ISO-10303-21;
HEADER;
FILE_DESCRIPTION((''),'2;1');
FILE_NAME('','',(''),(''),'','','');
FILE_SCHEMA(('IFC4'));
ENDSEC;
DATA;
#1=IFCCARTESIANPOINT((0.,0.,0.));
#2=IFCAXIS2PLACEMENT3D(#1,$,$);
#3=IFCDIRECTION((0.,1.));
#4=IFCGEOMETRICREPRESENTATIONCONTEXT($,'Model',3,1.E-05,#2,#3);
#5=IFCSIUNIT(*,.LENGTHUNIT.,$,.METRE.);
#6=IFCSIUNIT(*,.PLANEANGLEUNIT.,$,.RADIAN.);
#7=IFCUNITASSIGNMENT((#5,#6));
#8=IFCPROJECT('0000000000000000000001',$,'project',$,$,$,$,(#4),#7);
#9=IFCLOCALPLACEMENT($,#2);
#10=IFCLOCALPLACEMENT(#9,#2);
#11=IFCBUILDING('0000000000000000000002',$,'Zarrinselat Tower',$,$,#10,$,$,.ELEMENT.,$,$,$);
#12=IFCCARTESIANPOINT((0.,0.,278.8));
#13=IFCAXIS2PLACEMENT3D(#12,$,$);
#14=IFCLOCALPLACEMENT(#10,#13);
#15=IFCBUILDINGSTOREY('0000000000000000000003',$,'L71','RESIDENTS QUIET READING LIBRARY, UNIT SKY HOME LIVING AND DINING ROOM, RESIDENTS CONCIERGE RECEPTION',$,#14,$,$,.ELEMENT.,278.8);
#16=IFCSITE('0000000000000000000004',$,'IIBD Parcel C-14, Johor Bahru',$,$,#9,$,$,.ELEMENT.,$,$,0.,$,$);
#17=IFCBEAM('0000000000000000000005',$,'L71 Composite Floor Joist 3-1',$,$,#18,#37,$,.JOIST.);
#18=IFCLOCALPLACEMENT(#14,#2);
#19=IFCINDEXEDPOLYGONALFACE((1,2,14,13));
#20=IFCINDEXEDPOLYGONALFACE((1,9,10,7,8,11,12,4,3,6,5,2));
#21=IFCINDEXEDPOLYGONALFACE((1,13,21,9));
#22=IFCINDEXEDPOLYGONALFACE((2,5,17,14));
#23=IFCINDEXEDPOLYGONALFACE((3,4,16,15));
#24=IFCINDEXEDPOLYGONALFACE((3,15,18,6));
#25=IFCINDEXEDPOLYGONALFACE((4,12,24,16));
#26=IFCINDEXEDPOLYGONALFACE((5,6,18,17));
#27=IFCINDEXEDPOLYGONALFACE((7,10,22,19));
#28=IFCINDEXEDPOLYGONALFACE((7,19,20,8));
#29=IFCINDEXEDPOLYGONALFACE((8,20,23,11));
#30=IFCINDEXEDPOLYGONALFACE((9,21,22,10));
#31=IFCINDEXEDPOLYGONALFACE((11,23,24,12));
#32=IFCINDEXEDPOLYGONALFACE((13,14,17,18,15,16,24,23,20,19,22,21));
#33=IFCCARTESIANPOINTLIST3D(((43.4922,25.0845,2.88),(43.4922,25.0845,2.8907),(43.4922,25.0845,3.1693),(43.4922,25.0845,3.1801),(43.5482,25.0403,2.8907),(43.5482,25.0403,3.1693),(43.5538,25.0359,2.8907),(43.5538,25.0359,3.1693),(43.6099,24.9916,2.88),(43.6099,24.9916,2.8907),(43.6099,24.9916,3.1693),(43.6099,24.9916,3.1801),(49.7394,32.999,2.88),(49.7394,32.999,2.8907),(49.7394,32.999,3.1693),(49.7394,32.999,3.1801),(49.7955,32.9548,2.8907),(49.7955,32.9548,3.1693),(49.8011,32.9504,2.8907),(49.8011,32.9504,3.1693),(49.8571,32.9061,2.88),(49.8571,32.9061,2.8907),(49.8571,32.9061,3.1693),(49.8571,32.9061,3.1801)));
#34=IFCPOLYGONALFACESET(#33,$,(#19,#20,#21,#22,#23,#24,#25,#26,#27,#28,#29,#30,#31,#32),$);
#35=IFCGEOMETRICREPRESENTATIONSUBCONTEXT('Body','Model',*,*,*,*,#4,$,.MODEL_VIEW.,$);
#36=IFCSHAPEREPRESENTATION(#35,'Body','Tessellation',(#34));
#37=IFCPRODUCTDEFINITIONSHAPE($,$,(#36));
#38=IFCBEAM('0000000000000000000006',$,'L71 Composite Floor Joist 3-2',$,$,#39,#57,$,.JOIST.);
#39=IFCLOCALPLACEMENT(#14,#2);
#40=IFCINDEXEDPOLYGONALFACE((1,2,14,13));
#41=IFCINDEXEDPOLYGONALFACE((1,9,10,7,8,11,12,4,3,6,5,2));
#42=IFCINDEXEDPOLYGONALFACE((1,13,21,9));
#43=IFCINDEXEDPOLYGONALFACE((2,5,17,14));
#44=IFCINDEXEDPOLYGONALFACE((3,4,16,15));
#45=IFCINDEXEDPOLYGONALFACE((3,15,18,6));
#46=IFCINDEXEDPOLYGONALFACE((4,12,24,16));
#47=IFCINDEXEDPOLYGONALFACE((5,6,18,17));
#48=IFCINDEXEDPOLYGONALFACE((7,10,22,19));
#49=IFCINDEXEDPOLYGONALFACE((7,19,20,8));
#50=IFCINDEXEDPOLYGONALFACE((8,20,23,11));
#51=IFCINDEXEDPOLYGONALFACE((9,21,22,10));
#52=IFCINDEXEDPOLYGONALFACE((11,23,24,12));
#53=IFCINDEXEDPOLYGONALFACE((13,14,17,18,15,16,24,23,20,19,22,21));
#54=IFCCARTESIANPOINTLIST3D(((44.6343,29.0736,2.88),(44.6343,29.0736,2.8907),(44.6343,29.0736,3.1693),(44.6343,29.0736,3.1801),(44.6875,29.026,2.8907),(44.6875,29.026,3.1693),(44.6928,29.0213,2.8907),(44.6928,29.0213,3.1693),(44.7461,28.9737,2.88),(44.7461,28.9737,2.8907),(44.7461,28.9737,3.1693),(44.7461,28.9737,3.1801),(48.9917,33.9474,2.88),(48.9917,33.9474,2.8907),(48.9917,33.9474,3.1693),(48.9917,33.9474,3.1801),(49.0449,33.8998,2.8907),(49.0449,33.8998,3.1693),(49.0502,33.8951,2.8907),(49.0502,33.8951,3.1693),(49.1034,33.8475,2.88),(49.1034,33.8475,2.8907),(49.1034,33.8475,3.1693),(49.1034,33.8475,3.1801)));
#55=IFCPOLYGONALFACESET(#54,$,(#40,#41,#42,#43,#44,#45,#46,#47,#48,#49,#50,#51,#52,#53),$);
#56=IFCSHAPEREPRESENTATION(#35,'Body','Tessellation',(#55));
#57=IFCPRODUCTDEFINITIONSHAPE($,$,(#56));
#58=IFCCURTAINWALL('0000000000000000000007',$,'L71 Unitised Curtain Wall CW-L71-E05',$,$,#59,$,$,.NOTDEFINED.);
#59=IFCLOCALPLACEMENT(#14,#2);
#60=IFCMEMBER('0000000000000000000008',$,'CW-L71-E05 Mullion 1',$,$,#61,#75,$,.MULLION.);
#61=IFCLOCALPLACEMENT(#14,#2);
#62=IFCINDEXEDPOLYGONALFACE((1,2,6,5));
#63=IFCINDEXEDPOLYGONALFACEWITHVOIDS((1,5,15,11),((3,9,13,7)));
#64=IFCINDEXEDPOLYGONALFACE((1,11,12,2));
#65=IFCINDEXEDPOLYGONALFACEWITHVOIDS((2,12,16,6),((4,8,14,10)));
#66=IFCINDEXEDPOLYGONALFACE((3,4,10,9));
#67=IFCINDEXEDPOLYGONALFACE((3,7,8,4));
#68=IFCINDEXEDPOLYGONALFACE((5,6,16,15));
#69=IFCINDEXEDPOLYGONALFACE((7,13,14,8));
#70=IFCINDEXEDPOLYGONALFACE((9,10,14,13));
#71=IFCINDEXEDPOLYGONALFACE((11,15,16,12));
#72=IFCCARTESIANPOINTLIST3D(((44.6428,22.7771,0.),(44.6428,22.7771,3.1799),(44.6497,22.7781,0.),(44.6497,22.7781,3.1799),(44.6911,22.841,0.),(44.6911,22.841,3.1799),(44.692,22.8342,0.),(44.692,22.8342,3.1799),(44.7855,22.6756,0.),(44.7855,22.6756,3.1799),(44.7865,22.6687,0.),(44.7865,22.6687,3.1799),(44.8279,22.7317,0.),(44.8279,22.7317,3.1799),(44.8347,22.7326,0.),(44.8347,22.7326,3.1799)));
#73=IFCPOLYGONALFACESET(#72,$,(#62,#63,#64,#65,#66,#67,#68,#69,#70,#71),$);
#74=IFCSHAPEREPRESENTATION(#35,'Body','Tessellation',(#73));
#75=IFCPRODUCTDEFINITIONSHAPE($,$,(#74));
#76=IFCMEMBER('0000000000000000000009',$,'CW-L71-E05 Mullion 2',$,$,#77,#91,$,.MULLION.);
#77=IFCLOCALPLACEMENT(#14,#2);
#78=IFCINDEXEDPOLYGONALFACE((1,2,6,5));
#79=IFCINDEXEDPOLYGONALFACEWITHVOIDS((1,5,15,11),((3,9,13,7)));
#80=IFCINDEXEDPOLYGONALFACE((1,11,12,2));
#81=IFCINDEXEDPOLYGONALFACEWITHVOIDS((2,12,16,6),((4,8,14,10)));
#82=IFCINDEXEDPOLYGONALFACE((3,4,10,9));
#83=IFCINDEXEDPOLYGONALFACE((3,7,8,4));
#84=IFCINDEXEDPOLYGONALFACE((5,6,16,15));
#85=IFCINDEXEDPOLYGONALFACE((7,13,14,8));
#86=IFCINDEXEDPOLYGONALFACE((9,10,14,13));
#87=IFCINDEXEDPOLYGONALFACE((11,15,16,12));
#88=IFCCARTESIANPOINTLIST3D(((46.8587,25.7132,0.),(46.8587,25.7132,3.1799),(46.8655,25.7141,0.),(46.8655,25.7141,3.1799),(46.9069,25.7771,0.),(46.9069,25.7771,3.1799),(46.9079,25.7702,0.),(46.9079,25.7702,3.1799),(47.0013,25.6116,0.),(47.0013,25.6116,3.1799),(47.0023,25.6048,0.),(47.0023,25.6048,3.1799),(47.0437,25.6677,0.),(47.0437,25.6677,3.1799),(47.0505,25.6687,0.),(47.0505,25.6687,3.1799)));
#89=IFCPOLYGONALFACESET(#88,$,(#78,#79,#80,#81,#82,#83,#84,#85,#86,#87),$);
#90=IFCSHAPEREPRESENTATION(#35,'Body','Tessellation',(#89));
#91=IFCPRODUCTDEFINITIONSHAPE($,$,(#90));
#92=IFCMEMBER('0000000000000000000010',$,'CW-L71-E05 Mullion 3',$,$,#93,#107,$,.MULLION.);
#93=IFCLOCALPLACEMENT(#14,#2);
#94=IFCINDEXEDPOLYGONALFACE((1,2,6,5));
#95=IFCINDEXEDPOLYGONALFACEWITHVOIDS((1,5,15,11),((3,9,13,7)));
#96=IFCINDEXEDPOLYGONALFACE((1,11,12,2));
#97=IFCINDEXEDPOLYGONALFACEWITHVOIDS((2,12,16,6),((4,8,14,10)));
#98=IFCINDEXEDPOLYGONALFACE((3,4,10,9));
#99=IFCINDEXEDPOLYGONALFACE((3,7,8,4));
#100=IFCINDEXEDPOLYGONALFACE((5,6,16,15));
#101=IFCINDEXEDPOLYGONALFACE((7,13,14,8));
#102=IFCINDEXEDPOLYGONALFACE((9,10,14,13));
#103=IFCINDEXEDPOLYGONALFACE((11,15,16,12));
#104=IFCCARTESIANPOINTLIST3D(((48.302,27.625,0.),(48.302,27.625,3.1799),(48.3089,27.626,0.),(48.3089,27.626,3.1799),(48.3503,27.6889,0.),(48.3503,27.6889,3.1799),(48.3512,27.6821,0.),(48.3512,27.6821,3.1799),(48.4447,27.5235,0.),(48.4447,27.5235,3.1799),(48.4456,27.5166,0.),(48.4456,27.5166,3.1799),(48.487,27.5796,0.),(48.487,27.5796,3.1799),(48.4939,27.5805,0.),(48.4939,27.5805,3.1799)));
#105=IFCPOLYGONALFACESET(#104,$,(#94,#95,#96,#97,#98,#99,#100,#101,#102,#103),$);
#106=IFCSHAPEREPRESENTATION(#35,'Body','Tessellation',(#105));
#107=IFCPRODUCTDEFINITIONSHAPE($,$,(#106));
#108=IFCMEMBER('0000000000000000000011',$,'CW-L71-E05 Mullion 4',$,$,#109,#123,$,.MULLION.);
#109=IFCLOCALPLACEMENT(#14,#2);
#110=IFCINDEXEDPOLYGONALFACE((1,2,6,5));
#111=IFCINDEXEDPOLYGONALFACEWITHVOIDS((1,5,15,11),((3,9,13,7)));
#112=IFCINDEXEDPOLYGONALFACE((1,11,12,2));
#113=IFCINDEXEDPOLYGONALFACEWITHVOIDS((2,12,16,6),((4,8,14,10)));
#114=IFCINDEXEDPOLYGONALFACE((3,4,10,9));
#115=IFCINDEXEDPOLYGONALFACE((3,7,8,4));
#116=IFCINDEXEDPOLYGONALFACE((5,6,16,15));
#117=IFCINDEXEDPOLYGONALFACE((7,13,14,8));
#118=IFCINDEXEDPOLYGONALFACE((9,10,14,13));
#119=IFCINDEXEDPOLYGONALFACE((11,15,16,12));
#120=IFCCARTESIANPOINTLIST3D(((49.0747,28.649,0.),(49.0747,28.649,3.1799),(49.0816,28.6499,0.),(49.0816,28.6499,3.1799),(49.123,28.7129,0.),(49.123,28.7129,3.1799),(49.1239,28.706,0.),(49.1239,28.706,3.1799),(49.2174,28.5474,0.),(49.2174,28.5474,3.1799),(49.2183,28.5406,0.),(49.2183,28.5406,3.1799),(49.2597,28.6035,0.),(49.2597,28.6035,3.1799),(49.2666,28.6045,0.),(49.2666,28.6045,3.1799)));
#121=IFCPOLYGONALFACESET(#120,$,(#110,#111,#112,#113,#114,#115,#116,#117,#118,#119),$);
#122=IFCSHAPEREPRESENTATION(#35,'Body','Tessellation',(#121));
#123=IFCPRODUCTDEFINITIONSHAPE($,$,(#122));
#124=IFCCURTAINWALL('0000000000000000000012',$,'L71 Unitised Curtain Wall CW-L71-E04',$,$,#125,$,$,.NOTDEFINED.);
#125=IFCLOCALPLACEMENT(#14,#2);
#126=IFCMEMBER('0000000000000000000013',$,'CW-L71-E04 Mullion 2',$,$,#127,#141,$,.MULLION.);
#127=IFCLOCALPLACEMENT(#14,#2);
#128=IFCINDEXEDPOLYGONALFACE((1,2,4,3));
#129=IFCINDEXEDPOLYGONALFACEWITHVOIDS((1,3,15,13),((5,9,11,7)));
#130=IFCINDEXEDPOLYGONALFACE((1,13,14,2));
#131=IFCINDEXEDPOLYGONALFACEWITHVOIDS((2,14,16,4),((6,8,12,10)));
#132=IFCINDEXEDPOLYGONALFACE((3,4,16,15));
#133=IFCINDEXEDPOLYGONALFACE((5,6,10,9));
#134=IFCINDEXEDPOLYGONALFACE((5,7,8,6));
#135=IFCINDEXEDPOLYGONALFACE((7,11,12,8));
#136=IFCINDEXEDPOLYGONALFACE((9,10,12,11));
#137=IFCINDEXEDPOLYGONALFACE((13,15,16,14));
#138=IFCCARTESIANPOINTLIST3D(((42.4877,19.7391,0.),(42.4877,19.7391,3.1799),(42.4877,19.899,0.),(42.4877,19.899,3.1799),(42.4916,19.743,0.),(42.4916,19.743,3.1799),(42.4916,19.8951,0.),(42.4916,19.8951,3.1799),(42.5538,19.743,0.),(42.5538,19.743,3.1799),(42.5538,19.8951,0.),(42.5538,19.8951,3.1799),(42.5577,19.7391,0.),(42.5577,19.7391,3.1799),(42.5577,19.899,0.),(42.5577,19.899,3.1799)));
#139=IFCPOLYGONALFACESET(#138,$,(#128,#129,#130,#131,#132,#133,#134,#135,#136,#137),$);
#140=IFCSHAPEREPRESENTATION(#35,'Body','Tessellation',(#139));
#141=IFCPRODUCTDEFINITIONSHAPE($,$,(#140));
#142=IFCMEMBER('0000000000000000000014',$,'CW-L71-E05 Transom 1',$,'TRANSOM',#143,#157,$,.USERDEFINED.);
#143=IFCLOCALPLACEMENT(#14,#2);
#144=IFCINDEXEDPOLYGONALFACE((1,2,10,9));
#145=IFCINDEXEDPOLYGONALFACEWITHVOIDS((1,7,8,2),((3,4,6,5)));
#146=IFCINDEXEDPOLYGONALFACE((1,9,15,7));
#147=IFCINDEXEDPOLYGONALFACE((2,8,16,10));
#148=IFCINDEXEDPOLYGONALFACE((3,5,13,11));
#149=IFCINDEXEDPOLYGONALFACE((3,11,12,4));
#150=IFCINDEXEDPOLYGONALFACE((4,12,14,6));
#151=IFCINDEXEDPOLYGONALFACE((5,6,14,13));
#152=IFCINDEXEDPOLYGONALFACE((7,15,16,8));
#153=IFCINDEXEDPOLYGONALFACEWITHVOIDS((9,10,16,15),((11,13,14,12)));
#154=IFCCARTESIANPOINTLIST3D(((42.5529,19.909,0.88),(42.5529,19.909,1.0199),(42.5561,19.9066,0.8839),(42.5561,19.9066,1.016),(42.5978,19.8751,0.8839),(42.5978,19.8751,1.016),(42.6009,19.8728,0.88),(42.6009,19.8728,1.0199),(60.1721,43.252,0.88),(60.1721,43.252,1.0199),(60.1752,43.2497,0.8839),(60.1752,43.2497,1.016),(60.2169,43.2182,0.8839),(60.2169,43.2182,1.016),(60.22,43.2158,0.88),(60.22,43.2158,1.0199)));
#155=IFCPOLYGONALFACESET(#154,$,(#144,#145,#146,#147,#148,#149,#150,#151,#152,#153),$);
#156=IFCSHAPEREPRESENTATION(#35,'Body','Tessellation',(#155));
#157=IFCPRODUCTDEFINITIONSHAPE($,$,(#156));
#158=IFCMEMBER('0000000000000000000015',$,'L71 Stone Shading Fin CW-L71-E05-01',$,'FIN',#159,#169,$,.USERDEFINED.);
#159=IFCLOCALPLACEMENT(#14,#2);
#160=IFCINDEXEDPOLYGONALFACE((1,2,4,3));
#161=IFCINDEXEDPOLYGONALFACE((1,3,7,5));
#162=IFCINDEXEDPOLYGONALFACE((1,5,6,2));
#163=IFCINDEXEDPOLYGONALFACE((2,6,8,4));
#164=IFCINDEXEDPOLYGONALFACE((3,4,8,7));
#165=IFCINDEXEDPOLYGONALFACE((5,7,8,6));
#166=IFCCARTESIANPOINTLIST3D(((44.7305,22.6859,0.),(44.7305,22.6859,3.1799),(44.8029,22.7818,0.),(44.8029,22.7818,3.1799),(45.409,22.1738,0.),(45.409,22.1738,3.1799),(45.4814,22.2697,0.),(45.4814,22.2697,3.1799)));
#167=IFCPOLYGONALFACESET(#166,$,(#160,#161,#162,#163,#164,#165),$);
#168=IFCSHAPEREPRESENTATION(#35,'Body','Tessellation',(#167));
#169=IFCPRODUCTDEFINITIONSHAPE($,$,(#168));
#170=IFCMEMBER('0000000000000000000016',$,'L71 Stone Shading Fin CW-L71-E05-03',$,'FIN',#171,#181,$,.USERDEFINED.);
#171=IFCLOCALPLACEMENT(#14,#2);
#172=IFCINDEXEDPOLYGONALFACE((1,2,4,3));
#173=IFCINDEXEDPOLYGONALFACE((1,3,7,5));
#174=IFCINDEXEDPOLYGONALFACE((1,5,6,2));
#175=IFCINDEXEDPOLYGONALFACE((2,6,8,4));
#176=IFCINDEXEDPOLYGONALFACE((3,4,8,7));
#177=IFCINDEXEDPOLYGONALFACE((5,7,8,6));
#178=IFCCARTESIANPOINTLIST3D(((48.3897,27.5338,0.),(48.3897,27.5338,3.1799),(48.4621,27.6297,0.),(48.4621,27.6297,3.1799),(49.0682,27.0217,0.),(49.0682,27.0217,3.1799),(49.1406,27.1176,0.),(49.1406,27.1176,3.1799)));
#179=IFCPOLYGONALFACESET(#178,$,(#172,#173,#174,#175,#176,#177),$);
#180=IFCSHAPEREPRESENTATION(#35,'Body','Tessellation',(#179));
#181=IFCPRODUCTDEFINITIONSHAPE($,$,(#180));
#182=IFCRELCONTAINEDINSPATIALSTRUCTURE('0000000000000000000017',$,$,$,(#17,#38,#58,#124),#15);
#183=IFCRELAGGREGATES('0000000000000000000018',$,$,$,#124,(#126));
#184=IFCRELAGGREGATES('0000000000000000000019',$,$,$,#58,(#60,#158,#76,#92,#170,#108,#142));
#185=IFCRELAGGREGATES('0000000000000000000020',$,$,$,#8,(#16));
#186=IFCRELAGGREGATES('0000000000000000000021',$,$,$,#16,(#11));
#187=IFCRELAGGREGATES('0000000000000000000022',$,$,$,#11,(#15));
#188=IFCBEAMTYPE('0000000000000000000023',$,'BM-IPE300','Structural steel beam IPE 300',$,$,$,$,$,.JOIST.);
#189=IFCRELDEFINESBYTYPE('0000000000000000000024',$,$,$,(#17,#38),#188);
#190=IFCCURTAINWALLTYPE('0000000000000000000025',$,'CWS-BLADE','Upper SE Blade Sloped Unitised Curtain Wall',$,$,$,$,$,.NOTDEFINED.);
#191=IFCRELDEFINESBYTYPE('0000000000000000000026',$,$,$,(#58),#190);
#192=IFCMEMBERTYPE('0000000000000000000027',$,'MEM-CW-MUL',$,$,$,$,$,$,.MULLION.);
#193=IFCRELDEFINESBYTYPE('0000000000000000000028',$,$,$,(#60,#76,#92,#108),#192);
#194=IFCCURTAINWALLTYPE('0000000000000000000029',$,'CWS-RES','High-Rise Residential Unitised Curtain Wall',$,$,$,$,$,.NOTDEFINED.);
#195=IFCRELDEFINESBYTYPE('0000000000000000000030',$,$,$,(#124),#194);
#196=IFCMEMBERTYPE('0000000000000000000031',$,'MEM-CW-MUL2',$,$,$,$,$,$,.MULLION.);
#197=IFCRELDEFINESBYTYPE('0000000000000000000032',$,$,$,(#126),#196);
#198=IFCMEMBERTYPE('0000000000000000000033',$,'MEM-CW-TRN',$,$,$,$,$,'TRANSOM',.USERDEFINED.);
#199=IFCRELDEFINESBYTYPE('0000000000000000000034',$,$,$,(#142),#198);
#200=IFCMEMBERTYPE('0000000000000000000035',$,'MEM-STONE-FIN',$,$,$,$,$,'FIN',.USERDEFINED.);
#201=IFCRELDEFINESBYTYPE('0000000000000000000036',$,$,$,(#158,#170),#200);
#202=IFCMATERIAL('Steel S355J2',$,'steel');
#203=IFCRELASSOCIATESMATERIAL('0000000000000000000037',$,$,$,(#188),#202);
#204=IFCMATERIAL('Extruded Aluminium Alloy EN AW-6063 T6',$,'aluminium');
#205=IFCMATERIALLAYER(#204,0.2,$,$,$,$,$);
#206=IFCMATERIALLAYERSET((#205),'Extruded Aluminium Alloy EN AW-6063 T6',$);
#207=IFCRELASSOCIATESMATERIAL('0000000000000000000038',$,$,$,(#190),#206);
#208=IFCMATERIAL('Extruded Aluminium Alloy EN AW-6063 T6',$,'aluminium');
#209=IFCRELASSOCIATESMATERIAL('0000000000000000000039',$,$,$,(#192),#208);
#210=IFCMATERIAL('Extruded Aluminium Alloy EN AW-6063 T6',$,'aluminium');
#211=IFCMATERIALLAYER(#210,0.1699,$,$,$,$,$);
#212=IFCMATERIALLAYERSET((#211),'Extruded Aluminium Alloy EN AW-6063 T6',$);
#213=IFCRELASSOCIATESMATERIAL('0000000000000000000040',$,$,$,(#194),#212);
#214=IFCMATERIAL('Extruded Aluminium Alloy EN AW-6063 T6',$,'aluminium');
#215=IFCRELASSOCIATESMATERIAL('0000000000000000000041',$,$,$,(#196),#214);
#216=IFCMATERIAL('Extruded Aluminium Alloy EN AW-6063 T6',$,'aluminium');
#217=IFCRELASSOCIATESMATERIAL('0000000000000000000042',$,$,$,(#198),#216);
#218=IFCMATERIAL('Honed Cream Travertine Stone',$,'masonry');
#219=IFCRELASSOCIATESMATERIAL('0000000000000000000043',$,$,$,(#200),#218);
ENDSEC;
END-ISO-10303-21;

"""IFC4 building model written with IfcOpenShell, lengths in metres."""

from ifc_helpers import new_model, si_unit, direction, frame, origin, origin_2d, place, context, subcontext, project, spatial, rectangle, hollow_rectangle, i_section, extrude, material, layer, layer_set, material_profile, profile_set, type_object, element, aggregate, save


model = new_model("IFC4")

# Units and contexts
model_context = context("Model", 3, precision=1e-05, world=origin(), true_north=direction((0.0, 1.0)))
body_context = subcontext(model_context, "Body", "Model", "MODEL_VIEW")
ifc_project = project(units=[si_unit("LENGTHUNIT", "METRE"), si_unit("PLANEANGLEUNIT", "RADIAN")], contexts=[model_context])

# Site, building, storey
site_placement = place(None, origin())
site = spatial("IfcSite", under=ifc_project, at=site_placement, Name="IIBD Parcel C-14, Johor Bahru", CompositionType="ELEMENT", RefElevation=0.0)
building_placement = place(site_placement, origin())
building = spatial("IfcBuilding", under=site, at=building_placement, Name="Zarrinselat Tower", CompositionType="ELEMENT")
storey_placement = place(building_placement, frame((0.0, 0.0, 278.8)))
storey = spatial("IfcBuildingStorey", under=building, at=storey_placement, Name="L71", Description="RESIDENTS QUIET READING LIBRARY, UNIT SKY HOME LIVING AND DINING ROOM, RESIDENTS CONCIERGE RECEPTION", CompositionType="ELEMENT", Elevation=278.8)

# Beams
ifc_material_1 = material(Name="Steel S355J2", Category="steel")
ifc_material_profile_1 = material_profile(ifc_material_1, i_section(OverallWidth=0.1499, OverallDepth=0.3, WebThickness=0.0071, FlangeThickness=0.0107, at=origin_2d()), Name="IPE 300")
ifc_profile_set_1 = profile_set([ifc_material_profile_1], Name="Steel S355J2")
beam_type_1 = type_object("IfcBeamType", Name="BM-IPE300", Description="Structural steel beam IPE 300", PredefinedType="JOIST", material=ifc_profile_set_1)
beam_1_placement = place(storey_placement, frame((43.551, 25.0381, 3.03), z_axis=(0.619582, 0.784932, 0.0), x_axis=(-0.784932, 0.619582, 0.0)))
element("IfcBeam", 1, at=beam_1_placement, inside=storey, type_object=beam_type_1, Name="L71 Composite Floor Joist 3-1", PredefinedType="JOIST", context=body_context, shape_type="SweptSolid", body=[
    extrude(i_section(OverallWidth=0.1499, OverallDepth=0.3, WebThickness=0.0071, FlangeThickness=0.0107, at=origin_2d()), origin(), (0.0, 0.0, 1.0), 10.083),
])
beam_2_placement = place(storey_placement, frame((44.6902, 29.0237, 3.03), z_axis=(0.666512, 0.745494, 0.0), x_axis=(-0.745494, 0.666512, 0.0)))
element("IfcBeam", 2, at=beam_2_placement, inside=storey, type_object=beam_type_1, Name="L71 Composite Floor Joist 3-2", PredefinedType="JOIST", context=body_context, shape_type="SweptSolid", body=[
    extrude(i_section(OverallWidth=0.1499, OverallDepth=0.3, WebThickness=0.0071, FlangeThickness=0.0107, at=origin_2d()), origin(), (0.0, 0.0, 1.0), 6.5376),
])

# Curtain wall, members
ifc_material_2 = material(Name="Extruded Aluminium Alloy EN AW-6063 T6", Category="aluminium")
ifc_layer_1 = layer(ifc_material_2, 0.2)
ifc_layer_set_1 = layer_set([ifc_layer_1], Name="Extruded Aluminium Alloy EN AW-6063 T6")
curtain_wall_type_1 = type_object("IfcCurtainWallType", Name="CWS-BLADE", Description="Upper SE Blade Sloped Unitised Curtain Wall", PredefinedType="NOTDEFINED", material=ifc_layer_set_1)
curtain_wall_1_placement = place(storey_placement, origin())
curtain_wall_1 = element("IfcCurtainWall", 3, at=curtain_wall_1_placement, inside=storey, type_object=curtain_wall_type_1, Name="L71 Unitised Curtain Wall CW-L71-E05", PredefinedType="NOTDEFINED")
ifc_material_3 = material(Name="Extruded Aluminium Alloy EN AW-6063 T6", Category="aluminium")
ifc_material_profile_2 = material_profile(ifc_material_3, hollow_rectangle(XDim=0.0801, YDim=0.1799, WallThickness=0.0049, at=origin_2d()), Name="RHS 180x80x5")
ifc_profile_set_2 = profile_set([ifc_material_profile_2], Name="Extruded Aluminium Alloy EN AW-6063 T6")
member_type_1 = type_object("IfcMemberType", Name="MEM-CW-MUL", PredefinedType="MULLION", material=ifc_profile_set_2)
member_1_placement = place(storey_placement, frame((44.7388, 22.7549, 0.0), z_axis=(0.0, 0.0, 1.0), x_axis=(0.602445, 0.79816, 0.0)))
member_1 = element("IfcMember", 4, at=member_1_placement, type_object=member_type_1, Name="CW-L71-E05 Mullion 1", PredefinedType="MULLION", context=body_context, shape_type="SweptSolid", body=[
    extrude(hollow_rectangle(XDim=0.0801, YDim=0.1799, WallThickness=0.0049, at=origin_2d()), origin(), (0.0, 0.0, 1.0), 3.1799),
])
member_2_placement = place(storey_placement, frame((46.9546, 25.6909, 0.0), z_axis=(0.0, 0.0, 1.0), x_axis=(0.602445, 0.79816, 0.0)))
member_2 = element("IfcMember", 5, at=member_2_placement, type_object=member_type_1, Name="CW-L71-E05 Mullion 2", PredefinedType="MULLION", context=body_context, shape_type="SweptSolid", body=[
    extrude(hollow_rectangle(XDim=0.0801, YDim=0.1799, WallThickness=0.0049, at=origin_2d()), origin(), (0.0, 0.0, 1.0), 3.1799),
])
member_3_placement = place(storey_placement, frame((48.3979, 27.6028, 0.0), z_axis=(0.0, 0.0, 1.0), x_axis=(0.602445, 0.79816, 0.0)))
member_3 = element("IfcMember", 6, at=member_3_placement, type_object=member_type_1, Name="CW-L71-E05 Mullion 3", PredefinedType="MULLION", context=body_context, shape_type="SweptSolid", body=[
    extrude(hollow_rectangle(XDim=0.0801, YDim=0.1799, WallThickness=0.0049, at=origin_2d()), origin(), (0.0, 0.0, 1.0), 3.1799),
])
member_4_placement = place(storey_placement, frame((49.1707, 28.6267, 0.0), z_axis=(0.0, 0.0, 1.0), x_axis=(0.602445, 0.79816, 0.0)))
member_4 = element("IfcMember", 7, at=member_4_placement, type_object=member_type_1, Name="CW-L71-E05 Mullion 4", PredefinedType="MULLION", context=body_context, shape_type="SweptSolid", body=[
    extrude(hollow_rectangle(XDim=0.0801, YDim=0.1799, WallThickness=0.0049, at=origin_2d()), origin(), (0.0, 0.0, 1.0), 3.1799),
])

# Curtain wall, member
ifc_material_4 = material(Name="Extruded Aluminium Alloy EN AW-6063 T6", Category="aluminium")
ifc_layer_2 = layer(ifc_material_4, 0.1699)
ifc_layer_set_2 = layer_set([ifc_layer_2], Name="Extruded Aluminium Alloy EN AW-6063 T6")
curtain_wall_type_2 = type_object("IfcCurtainWallType", Name="CWS-RES", Description="High-Rise Residential Unitised Curtain Wall", PredefinedType="NOTDEFINED", material=ifc_layer_set_2)
curtain_wall_2_placement = place(storey_placement, origin())
curtain_wall_2 = element("IfcCurtainWall", 8, at=curtain_wall_2_placement, inside=storey, type_object=curtain_wall_type_2, Name="L71 Unitised Curtain Wall CW-L71-E04", PredefinedType="NOTDEFINED")
ifc_material_5 = material(Name="Extruded Aluminium Alloy EN AW-6063 T6", Category="aluminium")
ifc_material_profile_3 = material_profile(ifc_material_5, hollow_rectangle(XDim=0.0701, YDim=0.1599, WallThickness=0.0039, at=origin_2d()), Name="RHS 160x70x4")
ifc_profile_set_3 = profile_set([ifc_material_profile_3], Name="Extruded Aluminium Alloy EN AW-6063 T6")
member_type_2 = type_object("IfcMemberType", Name="MEM-CW-MUL2", PredefinedType="MULLION", material=ifc_profile_set_3)
member_5_placement = place(storey_placement, frame((42.5227, 19.8191, 0.0), z_axis=(0.0, 0.0, 1.0), x_axis=(1.0, 0.0, 0.0)))
member_5 = element("IfcMember", 9, at=member_5_placement, type_object=member_type_2, Name="CW-L71-E04 Mullion 2", PredefinedType="MULLION", context=body_context, shape_type="SweptSolid", body=[
    extrude(hollow_rectangle(XDim=0.0701, YDim=0.1599, WallThickness=0.0039, at=origin_2d()), origin(), (0.0, 0.0, 1.0), 3.1799),
])

# Members
ifc_material_6 = material(Name="Extruded Aluminium Alloy EN AW-6063 T6", Category="aluminium")
ifc_material_profile_4 = material_profile(ifc_material_6, hollow_rectangle(XDim=0.0601, YDim=0.1399, WallThickness=0.0039, at=origin_2d()), Name="RHS 140x60x4")
ifc_profile_set_4 = profile_set([ifc_material_profile_4], Name="Extruded Aluminium Alloy EN AW-6063 T6")
member_type_3 = type_object("IfcMemberType", Name="MEM-CW-TRN", ElementType="TRANSOM", PredefinedType="USERDEFINED", material=ifc_profile_set_4)
member_6_placement = place(storey_placement, frame((42.5769, 19.8909, 0.95), z_axis=(0.602445, 0.79816, 0.0), x_axis=(-0.79816, 0.602445, 0.0)))
member_6 = element("IfcMember", 10, at=member_6_placement, type_object=member_type_3, Name="CW-L71-E05 Transom 1", ObjectType="TRANSOM", PredefinedType="USERDEFINED", context=body_context, shape_type="SweptSolid", body=[
    extrude(hollow_rectangle(XDim=0.0601, YDim=0.1399, WallThickness=0.0039, at=origin_2d()), origin(), (0.0, 0.0, 1.0), 29.2461),
])
ifc_material_7 = material(Name="Honed Cream Travertine Stone", Category="masonry")
ifc_material_profile_5 = material_profile(ifc_material_7, rectangle(XDim=0.1201, YDim=0.8501, at=origin_2d()), Name="FIN 850x120")
ifc_profile_set_5 = profile_set([ifc_material_profile_5], Name="Honed Cream Travertine Stone")
member_type_4 = type_object("IfcMemberType", Name="MEM-STONE-FIN", ElementType="FIN", PredefinedType="USERDEFINED", material=ifc_profile_set_5)
member_7_placement = place(storey_placement, frame((45.106, 22.4778, 0.0), z_axis=(0.0, 0.0, 1.0), x_axis=(-0.602445, -0.79816, 0.0)))
member_7 = element("IfcMember", 11, at=member_7_placement, type_object=member_type_4, Name="L71 Stone Shading Fin CW-L71-E05-01", ObjectType="FIN", PredefinedType="USERDEFINED", context=body_context, shape_type="SweptSolid", body=[
    extrude(rectangle(XDim=0.1201, YDim=0.8501, at=origin_2d()), origin(), (0.0, 0.0, 1.0), 3.1799),
])
member_8_placement = place(storey_placement, frame((48.7651, 27.3257, 0.0), z_axis=(0.0, 0.0, 1.0), x_axis=(-0.602445, -0.79816, 0.0)))
member_8 = element("IfcMember", 12, at=member_8_placement, type_object=member_type_4, Name="L71 Stone Shading Fin CW-L71-E05-03", ObjectType="FIN", PredefinedType="USERDEFINED", context=body_context, shape_type="SweptSolid", body=[
    extrude(rectangle(XDim=0.1201, YDim=0.8501, at=origin_2d()), origin(), (0.0, 0.0, 1.0), 3.1799),
])

aggregate(curtain_wall_2, [member_5])
aggregate(curtain_wall_1, [member_1, member_7, member_2, member_3, member_8, member_4, member_6])

save(model, "model.ifc")
